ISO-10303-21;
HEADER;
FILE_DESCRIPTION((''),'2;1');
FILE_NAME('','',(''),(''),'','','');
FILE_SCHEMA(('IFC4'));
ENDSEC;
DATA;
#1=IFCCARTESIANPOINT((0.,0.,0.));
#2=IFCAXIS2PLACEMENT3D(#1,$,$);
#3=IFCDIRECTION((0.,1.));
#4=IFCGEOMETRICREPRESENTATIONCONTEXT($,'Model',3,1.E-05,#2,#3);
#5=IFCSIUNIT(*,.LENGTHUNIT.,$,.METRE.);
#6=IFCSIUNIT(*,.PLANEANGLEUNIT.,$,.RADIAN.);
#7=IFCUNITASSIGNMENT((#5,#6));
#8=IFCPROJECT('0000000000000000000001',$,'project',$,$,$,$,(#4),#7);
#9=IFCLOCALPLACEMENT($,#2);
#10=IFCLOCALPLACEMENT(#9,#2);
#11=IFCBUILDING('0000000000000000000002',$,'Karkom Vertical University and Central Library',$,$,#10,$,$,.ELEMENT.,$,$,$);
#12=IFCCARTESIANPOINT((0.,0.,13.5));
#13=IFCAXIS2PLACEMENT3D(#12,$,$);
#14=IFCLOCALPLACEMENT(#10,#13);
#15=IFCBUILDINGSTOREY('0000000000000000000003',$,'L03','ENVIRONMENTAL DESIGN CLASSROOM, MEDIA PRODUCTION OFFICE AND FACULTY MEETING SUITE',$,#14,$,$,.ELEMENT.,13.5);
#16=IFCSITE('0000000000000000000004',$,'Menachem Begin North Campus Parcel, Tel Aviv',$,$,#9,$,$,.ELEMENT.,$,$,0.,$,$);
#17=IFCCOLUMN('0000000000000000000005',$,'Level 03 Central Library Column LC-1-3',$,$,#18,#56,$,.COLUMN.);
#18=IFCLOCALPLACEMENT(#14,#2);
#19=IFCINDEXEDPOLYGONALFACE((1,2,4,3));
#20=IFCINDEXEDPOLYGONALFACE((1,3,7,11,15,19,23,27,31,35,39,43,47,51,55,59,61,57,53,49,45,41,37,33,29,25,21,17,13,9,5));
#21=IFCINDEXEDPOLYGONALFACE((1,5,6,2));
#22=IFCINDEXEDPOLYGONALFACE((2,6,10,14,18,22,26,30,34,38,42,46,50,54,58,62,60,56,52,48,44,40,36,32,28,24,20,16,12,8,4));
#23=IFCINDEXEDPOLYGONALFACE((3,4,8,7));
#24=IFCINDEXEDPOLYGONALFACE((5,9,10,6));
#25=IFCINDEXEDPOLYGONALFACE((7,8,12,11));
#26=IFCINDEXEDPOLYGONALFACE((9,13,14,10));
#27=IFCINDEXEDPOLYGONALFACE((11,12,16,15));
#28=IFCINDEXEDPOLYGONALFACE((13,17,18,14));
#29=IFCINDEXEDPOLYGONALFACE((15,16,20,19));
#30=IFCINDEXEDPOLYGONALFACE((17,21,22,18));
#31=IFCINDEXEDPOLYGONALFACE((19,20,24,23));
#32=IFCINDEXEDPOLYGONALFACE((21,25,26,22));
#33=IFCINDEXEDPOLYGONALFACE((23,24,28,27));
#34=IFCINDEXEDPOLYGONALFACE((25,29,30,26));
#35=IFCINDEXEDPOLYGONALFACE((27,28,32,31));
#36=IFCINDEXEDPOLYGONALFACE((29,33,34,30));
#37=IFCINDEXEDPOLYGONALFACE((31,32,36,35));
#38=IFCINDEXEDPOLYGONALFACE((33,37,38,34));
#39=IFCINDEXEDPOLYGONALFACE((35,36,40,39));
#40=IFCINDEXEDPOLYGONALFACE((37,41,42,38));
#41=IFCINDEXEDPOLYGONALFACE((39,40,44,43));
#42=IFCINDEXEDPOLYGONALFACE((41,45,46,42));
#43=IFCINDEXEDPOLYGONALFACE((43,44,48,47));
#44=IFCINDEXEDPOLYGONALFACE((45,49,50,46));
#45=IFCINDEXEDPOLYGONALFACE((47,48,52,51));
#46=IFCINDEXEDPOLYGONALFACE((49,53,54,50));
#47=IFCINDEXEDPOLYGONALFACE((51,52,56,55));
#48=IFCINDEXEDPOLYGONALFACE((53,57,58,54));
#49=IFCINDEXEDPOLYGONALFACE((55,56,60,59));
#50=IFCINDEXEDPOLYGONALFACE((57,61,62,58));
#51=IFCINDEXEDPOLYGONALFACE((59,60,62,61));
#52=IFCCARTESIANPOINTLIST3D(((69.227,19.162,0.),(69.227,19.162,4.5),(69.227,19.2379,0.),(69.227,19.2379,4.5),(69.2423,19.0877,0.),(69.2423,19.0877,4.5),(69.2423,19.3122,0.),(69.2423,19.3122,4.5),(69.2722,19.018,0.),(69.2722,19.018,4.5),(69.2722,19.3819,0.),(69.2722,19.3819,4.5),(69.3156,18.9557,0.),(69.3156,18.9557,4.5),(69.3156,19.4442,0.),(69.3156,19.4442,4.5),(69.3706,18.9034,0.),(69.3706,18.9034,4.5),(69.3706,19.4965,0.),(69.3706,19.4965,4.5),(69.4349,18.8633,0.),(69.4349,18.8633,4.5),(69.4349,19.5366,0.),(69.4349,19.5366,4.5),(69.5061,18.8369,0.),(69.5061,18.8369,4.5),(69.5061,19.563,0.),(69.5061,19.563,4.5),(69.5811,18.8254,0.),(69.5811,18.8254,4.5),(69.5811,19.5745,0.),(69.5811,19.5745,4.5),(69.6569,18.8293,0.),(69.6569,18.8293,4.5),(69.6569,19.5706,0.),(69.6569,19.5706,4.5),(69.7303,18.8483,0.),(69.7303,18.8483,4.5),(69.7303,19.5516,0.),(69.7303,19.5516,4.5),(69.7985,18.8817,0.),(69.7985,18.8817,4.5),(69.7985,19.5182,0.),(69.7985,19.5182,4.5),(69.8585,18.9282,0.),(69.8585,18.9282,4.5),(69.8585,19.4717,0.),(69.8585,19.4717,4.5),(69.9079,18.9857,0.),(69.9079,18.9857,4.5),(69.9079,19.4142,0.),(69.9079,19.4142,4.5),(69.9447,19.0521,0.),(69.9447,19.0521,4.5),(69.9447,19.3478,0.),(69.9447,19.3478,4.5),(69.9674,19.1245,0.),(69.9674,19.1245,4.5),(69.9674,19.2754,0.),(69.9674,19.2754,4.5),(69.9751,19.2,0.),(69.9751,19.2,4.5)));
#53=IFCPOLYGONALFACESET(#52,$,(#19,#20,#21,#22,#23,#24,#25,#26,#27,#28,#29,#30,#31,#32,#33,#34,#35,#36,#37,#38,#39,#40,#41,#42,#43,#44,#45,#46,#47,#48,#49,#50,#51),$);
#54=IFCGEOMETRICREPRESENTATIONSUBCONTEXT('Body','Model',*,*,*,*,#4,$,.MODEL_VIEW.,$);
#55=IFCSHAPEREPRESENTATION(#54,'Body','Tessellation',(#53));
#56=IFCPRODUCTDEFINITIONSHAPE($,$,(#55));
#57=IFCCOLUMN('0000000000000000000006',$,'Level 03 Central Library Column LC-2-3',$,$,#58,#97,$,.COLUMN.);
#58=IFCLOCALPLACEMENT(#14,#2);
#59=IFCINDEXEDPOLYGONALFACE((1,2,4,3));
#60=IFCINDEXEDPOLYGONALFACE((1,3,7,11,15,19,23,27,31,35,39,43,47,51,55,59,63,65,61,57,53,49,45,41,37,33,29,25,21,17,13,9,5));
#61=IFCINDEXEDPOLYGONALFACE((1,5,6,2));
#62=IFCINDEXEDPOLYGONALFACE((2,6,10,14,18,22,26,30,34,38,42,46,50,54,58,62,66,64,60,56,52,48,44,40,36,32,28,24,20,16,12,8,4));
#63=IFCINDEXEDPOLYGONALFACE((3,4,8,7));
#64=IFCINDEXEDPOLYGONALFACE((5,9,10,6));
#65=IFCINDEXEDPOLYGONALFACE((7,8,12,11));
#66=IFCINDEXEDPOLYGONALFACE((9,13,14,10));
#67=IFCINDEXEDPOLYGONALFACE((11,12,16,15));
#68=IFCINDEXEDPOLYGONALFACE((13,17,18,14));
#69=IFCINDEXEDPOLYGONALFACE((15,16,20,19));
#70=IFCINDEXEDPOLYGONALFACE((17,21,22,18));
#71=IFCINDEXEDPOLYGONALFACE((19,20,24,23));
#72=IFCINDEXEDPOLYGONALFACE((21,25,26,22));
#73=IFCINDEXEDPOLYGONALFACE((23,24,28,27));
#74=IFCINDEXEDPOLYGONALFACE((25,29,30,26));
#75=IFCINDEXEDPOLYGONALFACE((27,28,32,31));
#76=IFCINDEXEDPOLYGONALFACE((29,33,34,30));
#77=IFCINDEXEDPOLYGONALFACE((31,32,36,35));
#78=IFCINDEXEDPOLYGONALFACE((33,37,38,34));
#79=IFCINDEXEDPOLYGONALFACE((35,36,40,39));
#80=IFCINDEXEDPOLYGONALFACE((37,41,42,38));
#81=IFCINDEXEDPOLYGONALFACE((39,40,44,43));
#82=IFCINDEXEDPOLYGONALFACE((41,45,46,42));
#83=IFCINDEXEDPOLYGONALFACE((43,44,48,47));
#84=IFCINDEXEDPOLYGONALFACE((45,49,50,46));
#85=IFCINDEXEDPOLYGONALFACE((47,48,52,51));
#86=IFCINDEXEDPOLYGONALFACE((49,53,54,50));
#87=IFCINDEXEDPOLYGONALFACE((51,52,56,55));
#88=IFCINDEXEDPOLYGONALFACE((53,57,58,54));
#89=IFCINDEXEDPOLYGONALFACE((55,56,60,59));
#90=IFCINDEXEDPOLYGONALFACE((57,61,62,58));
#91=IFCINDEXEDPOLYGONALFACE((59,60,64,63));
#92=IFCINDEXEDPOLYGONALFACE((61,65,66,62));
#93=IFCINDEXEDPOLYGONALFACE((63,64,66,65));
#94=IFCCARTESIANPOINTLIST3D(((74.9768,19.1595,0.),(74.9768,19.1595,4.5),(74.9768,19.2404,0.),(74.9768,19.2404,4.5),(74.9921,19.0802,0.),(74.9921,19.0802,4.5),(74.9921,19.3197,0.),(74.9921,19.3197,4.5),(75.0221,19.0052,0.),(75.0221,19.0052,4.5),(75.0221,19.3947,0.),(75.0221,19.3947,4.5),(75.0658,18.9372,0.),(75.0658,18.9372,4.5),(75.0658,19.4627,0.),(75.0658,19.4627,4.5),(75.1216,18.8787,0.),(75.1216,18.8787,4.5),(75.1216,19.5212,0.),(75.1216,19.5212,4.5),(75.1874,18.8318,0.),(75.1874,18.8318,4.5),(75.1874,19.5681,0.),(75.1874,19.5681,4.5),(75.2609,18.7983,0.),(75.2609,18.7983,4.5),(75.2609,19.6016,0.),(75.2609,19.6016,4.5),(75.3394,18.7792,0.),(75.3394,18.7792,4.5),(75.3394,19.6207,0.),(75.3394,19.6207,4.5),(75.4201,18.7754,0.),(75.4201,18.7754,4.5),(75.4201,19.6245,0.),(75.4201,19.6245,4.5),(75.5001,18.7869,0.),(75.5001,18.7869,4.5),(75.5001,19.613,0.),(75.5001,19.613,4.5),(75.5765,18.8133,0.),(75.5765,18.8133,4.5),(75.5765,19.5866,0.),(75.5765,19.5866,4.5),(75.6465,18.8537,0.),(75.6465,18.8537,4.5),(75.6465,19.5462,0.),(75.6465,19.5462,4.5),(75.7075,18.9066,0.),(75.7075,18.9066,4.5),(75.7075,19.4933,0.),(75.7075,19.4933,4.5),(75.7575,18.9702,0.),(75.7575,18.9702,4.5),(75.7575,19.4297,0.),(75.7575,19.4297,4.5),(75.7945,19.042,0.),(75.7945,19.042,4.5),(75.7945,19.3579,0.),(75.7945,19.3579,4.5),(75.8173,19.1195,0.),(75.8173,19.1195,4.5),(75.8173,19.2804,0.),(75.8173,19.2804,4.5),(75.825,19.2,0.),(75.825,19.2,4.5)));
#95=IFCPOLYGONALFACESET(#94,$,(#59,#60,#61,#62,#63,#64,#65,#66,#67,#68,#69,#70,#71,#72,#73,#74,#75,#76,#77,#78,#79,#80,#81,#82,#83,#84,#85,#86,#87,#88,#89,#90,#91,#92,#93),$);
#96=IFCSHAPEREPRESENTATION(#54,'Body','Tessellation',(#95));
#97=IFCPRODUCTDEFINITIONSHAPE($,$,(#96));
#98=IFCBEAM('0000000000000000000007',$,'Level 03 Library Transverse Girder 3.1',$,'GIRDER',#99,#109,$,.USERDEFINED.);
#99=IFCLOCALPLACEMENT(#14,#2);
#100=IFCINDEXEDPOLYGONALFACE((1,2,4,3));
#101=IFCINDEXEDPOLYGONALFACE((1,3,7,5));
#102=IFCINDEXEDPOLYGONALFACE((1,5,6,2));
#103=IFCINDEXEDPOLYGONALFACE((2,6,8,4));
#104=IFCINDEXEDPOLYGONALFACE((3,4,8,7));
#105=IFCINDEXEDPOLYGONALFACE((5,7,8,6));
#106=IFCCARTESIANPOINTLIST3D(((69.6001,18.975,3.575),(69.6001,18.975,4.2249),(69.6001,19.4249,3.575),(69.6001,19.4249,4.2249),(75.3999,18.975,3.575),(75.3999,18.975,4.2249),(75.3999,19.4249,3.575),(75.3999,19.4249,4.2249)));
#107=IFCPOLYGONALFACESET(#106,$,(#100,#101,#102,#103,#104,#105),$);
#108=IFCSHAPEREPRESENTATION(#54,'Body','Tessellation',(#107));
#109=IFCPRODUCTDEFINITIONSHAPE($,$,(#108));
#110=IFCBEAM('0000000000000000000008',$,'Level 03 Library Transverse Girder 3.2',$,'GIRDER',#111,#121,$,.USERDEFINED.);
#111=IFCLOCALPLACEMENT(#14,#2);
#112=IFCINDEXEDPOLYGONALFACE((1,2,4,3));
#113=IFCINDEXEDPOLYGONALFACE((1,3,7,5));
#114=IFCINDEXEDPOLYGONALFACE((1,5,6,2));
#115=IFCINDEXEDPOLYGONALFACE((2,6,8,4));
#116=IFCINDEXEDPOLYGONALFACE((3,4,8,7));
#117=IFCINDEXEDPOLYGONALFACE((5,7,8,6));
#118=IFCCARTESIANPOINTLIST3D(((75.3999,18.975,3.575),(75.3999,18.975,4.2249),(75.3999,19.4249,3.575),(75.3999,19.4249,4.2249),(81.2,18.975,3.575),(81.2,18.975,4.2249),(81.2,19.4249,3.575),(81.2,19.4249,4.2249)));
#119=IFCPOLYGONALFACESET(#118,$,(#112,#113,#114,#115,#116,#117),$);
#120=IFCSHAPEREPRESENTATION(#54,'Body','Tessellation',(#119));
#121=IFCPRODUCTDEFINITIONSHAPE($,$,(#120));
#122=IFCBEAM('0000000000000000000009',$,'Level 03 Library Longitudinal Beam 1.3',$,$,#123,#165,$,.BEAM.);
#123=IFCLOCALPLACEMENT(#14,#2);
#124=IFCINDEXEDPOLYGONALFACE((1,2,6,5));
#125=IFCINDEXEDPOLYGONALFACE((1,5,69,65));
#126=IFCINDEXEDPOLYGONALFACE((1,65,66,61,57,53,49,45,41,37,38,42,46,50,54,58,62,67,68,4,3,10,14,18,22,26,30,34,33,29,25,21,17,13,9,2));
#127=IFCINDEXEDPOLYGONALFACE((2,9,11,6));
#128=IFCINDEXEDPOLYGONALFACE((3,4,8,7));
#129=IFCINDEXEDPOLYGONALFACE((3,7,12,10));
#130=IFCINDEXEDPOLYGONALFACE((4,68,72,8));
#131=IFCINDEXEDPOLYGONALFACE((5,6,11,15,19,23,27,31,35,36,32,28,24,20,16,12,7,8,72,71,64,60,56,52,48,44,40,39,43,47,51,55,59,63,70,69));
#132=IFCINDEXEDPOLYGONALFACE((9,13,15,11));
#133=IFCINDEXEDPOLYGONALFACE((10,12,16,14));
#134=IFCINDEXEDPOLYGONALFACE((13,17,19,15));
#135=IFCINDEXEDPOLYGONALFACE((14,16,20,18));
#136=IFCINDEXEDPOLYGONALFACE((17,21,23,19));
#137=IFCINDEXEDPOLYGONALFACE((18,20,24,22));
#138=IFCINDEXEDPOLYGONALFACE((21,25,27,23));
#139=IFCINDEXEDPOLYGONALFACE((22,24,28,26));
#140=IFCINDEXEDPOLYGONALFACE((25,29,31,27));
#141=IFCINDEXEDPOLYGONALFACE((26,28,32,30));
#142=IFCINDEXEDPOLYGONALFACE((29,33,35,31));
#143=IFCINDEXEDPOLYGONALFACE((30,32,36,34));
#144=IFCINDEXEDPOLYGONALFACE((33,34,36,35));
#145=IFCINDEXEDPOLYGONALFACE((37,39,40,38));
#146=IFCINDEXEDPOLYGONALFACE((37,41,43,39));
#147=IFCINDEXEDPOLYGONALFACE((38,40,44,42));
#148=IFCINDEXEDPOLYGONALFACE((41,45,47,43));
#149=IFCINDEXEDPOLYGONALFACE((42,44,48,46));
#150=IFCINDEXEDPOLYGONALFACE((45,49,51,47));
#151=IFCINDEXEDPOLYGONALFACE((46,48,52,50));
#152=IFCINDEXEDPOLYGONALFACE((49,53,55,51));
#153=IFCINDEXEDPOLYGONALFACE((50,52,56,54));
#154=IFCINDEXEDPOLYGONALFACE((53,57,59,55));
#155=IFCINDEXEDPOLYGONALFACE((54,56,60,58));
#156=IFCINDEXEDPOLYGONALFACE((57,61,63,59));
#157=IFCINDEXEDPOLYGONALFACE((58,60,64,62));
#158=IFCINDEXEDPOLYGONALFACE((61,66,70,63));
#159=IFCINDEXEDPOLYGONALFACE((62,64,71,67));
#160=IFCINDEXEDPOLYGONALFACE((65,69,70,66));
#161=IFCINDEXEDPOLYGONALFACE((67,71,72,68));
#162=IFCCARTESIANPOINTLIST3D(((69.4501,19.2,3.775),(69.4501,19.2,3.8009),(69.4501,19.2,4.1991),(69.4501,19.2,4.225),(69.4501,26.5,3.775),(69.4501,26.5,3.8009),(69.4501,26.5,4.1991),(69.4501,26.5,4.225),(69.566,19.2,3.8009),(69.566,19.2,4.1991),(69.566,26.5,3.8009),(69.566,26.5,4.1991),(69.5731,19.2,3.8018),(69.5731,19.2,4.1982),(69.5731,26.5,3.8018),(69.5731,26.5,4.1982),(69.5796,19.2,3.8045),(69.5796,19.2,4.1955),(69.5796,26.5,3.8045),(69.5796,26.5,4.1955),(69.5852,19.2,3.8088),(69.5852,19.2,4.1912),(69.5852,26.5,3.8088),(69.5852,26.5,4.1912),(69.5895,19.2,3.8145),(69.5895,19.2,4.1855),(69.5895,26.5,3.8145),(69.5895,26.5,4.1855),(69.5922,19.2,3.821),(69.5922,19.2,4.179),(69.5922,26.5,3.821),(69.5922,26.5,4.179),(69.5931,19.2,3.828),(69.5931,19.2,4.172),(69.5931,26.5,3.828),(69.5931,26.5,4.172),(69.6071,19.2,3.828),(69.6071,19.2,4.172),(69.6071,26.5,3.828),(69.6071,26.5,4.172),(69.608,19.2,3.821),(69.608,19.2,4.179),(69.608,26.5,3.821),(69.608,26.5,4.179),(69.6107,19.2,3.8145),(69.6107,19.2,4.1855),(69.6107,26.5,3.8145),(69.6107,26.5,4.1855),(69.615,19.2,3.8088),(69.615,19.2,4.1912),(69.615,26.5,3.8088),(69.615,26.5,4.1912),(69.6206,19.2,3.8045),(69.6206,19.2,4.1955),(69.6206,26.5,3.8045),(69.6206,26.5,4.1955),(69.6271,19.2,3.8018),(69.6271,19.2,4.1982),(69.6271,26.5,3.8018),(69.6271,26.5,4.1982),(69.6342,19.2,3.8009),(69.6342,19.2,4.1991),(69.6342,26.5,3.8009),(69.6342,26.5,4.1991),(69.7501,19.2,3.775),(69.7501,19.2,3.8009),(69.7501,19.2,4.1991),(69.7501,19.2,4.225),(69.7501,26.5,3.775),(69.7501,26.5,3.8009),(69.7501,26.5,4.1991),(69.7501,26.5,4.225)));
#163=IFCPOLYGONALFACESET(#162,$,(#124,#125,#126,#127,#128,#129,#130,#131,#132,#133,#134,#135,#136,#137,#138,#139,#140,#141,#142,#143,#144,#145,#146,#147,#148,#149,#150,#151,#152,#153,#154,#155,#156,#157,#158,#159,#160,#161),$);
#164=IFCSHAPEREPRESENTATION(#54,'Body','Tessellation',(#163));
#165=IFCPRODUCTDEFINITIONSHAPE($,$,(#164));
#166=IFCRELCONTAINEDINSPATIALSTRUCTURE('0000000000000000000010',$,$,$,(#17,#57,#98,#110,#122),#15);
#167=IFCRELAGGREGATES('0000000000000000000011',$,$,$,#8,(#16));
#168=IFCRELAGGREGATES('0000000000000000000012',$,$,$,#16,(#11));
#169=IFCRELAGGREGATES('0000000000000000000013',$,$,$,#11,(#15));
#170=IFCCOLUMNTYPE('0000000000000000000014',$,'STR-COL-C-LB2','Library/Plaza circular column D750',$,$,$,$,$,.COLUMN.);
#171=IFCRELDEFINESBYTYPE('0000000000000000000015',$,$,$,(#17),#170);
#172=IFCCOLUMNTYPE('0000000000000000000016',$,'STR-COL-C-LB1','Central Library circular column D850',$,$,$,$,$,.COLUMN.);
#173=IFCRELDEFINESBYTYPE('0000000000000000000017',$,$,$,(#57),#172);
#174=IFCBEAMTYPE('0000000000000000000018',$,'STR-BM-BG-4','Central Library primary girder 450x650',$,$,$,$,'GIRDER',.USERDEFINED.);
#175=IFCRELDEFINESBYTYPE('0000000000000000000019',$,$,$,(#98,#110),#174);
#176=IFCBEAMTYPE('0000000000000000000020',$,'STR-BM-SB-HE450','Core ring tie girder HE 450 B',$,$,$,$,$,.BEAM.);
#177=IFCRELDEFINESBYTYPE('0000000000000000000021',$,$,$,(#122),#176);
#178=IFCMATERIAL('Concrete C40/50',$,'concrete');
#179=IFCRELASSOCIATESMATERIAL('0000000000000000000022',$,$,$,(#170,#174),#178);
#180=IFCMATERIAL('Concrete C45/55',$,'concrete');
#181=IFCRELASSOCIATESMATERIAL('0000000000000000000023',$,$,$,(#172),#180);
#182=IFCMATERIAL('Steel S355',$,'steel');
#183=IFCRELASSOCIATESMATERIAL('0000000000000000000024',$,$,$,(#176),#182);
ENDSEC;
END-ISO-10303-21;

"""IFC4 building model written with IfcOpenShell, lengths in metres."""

from ifc_helpers import new_model, si_unit, direction, frame, origin, origin_with_axes, origin_2d, place, context, subcontext, project, spatial, rectangle, circle, i_section, extrude, source, transform, mapped, material, material_profile, profile_set, type_object, element, save


model = new_model("IFC4")

# Units and contexts
model_context = context("Model", 3, precision=1e-05, world=origin(), true_north=direction((0.0, 1.0)))
body_context = subcontext(model_context, "Body", "Model", "MODEL_VIEW")
ifc_project = project(units=[si_unit("LENGTHUNIT", "METRE"), si_unit("PLANEANGLEUNIT", "RADIAN")], contexts=[model_context])

# Site, building, storey
site_placement = place(None, origin())
site = spatial("IfcSite", under=ifc_project, at=site_placement, Name="Menachem Begin North Campus Parcel, Tel Aviv", CompositionType="ELEMENT", RefElevation=0.0)
building_placement = place(site_placement, origin())
building = spatial("IfcBuilding", under=site, at=building_placement, Name="Karkom Vertical University and Central Library", CompositionType="ELEMENT")
storey_placement = place(building_placement, frame((0.0, 0.0, 13.5)))
storey = spatial("IfcBuildingStorey", under=building, at=storey_placement, Name="L03", Description="ENVIRONMENTAL DESIGN CLASSROOM, MEDIA PRODUCTION OFFICE AND FACULTY MEETING SUITE", CompositionType="ELEMENT", Elevation=13.5)

# Columns
ifc_material_1 = material(Name="Concrete C40/50", Category="concrete")
ifc_material_profile_1 = material_profile(ifc_material_1, circle(Radius=0.375, at=origin_2d()), Name="RC-D750")
ifc_profile_set_1 = profile_set([ifc_material_profile_1], Name="Concrete C40/50")
column_type_1 = type_object("IfcColumnType", Name="STR-COL-C-LB2", Description="Library/Plaza circular column D750", PredefinedType="COLUMN", material=ifc_profile_set_1)
shared_shape_1 = source(origin_with_axes(), body_context, "Body", "SweptSolid", [
    extrude(circle(Radius=0.375, at=origin_2d()), origin(), (0.0, 0.0, 1.0), 4.5),
])
column_1_placement = place(storey_placement, frame((69.6001, 19.2, 0.0), z_axis=(0.0, 0.0, 1.0), x_axis=(1.0, 0.0, 0.0)))
element("IfcColumn", 1, at=column_1_placement, inside=storey, type_object=column_type_1, Name="Level 03 Central Library Column LC-1-3", PredefinedType="COLUMN", context=body_context, shape_type="MappedRepresentation", body=[
    mapped(shared_shape_1, transform((0.0, 0.0, 0.0), scale=1.0)),
])
ifc_material_2 = material(Name="Concrete C45/55", Category="concrete")
ifc_material_profile_2 = material_profile(ifc_material_2, circle(Radius=0.425, at=origin_2d()), Name="RC-D850")
ifc_profile_set_2 = profile_set([ifc_material_profile_2], Name="Concrete C45/55")
column_type_2 = type_object("IfcColumnType", Name="STR-COL-C-LB1", Description="Central Library circular column D850", PredefinedType="COLUMN", material=ifc_profile_set_2)
shared_shape_2 = source(origin_with_axes(), body_context, "Body", "SweptSolid", [
    extrude(circle(Radius=0.425, at=origin_2d()), origin(), (0.0, 0.0, 1.0), 4.5),
])
column_2_placement = place(storey_placement, frame((75.3999, 19.2, 0.0), z_axis=(0.0, 0.0, 1.0), x_axis=(1.0, 0.0, 0.0)))
element("IfcColumn", 2, at=column_2_placement, inside=storey, type_object=column_type_2, Name="Level 03 Central Library Column LC-2-3", PredefinedType="COLUMN", context=body_context, shape_type="MappedRepresentation", body=[
    mapped(shared_shape_2, transform((0.0, 0.0, 0.0), scale=1.0)),
])

# Beams
ifc_material_profile_3 = material_profile(ifc_material_1, rectangle(XDim=0.45, YDim=0.6499, at=origin_2d()), Name="RCB-450x650")
ifc_profile_set_3 = profile_set([ifc_material_profile_3], Name="Concrete C40/50")
beam_type_1 = type_object("IfcBeamType", Name="STR-BM-BG-4", Description="Central Library primary girder 450x650", ElementType="GIRDER", PredefinedType="USERDEFINED", material=ifc_profile_set_3)
shared_shape_3 = source(origin_with_axes(), body_context, "Body", "SweptSolid", [
    extrude(rectangle(XDim=0.45, YDim=0.6499, at=origin_2d()), origin(), (0.0, 0.0, 1.0), 5.7998),
])
beam_1_placement = place(storey_placement, frame((69.6001, 19.2, 3.8999), z_axis=(1.0, 0.0, 0.0), x_axis=(0.0, 1.0, 0.0)))
element("IfcBeam", 3, at=beam_1_placement, inside=storey, type_object=beam_type_1, Name="Level 03 Library Transverse Girder 3.1", ObjectType="GIRDER", PredefinedType="USERDEFINED", context=body_context, shape_type="MappedRepresentation", body=[
    mapped(shared_shape_3, transform((0.0, 0.0, 0.0), scale=1.0)),
])
shared_shape_4 = source(origin_with_axes(), body_context, "Body", "SweptSolid", [
    extrude(rectangle(XDim=0.45, YDim=0.6499, at=origin_2d()), origin(), (0.0, 0.0, 1.0), 5.8),
])
beam_2_placement = place(storey_placement, frame((75.3999, 19.2, 3.8999), z_axis=(1.0, 0.0, 0.0), x_axis=(0.0, 1.0, 0.0)))
element("IfcBeam", 4, at=beam_2_placement, inside=storey, type_object=beam_type_1, Name="Level 03 Library Transverse Girder 3.2", ObjectType="GIRDER", PredefinedType="USERDEFINED", context=body_context, shape_type="MappedRepresentation", body=[
    mapped(shared_shape_4, transform((0.0, 0.0, 0.0), scale=1.0)),
])
ifc_material_3 = material(Name="Steel S355", Category="steel")
ifc_material_profile_4 = material_profile(ifc_material_3, i_section(OverallWidth=0.3, OverallDepth=0.45, WebThickness=0.0139, FlangeThickness=0.0259, FilletRadius=0.0271, at=origin_2d()), Name="HE 450 B")
ifc_profile_set_4 = profile_set([ifc_material_profile_4], Name="Steel S355")
beam_type_2 = type_object("IfcBeamType", Name="STR-BM-SB-HE450", Description="Core ring tie girder HE 450 B", PredefinedType="BEAM", material=ifc_profile_set_4)
shared_shape_5 = source(origin_with_axes(), body_context, "Body", "SweptSolid", [
    extrude(i_section(OverallWidth=0.3, OverallDepth=0.45, WebThickness=0.0139, FlangeThickness=0.0259, FilletRadius=0.0271, at=origin_2d()), origin(), (0.0, 0.0, 1.0), 7.3),
])
for number, where, z_axis, x_axis, name in (
    (5, (69.6001, 19.2, 4.0), (0.0, 1.0, 0.0), (-1.0, 0.0, 0.0), "Level 03 Library Longitudinal Beam 1.3"),
):
    element("IfcBeam", number, at=place(storey_placement, frame(where, z_axis=z_axis, x_axis=x_axis)), inside=storey, type_object=beam_type_2, Name=name, PredefinedType="BEAM", context=body_context, shape_type="MappedRepresentation", body=[
        mapped(shared_shape_5, transform((0.0, 0.0, 0.0), scale=1.0)),
    ])

save(model, "model.ifc")
